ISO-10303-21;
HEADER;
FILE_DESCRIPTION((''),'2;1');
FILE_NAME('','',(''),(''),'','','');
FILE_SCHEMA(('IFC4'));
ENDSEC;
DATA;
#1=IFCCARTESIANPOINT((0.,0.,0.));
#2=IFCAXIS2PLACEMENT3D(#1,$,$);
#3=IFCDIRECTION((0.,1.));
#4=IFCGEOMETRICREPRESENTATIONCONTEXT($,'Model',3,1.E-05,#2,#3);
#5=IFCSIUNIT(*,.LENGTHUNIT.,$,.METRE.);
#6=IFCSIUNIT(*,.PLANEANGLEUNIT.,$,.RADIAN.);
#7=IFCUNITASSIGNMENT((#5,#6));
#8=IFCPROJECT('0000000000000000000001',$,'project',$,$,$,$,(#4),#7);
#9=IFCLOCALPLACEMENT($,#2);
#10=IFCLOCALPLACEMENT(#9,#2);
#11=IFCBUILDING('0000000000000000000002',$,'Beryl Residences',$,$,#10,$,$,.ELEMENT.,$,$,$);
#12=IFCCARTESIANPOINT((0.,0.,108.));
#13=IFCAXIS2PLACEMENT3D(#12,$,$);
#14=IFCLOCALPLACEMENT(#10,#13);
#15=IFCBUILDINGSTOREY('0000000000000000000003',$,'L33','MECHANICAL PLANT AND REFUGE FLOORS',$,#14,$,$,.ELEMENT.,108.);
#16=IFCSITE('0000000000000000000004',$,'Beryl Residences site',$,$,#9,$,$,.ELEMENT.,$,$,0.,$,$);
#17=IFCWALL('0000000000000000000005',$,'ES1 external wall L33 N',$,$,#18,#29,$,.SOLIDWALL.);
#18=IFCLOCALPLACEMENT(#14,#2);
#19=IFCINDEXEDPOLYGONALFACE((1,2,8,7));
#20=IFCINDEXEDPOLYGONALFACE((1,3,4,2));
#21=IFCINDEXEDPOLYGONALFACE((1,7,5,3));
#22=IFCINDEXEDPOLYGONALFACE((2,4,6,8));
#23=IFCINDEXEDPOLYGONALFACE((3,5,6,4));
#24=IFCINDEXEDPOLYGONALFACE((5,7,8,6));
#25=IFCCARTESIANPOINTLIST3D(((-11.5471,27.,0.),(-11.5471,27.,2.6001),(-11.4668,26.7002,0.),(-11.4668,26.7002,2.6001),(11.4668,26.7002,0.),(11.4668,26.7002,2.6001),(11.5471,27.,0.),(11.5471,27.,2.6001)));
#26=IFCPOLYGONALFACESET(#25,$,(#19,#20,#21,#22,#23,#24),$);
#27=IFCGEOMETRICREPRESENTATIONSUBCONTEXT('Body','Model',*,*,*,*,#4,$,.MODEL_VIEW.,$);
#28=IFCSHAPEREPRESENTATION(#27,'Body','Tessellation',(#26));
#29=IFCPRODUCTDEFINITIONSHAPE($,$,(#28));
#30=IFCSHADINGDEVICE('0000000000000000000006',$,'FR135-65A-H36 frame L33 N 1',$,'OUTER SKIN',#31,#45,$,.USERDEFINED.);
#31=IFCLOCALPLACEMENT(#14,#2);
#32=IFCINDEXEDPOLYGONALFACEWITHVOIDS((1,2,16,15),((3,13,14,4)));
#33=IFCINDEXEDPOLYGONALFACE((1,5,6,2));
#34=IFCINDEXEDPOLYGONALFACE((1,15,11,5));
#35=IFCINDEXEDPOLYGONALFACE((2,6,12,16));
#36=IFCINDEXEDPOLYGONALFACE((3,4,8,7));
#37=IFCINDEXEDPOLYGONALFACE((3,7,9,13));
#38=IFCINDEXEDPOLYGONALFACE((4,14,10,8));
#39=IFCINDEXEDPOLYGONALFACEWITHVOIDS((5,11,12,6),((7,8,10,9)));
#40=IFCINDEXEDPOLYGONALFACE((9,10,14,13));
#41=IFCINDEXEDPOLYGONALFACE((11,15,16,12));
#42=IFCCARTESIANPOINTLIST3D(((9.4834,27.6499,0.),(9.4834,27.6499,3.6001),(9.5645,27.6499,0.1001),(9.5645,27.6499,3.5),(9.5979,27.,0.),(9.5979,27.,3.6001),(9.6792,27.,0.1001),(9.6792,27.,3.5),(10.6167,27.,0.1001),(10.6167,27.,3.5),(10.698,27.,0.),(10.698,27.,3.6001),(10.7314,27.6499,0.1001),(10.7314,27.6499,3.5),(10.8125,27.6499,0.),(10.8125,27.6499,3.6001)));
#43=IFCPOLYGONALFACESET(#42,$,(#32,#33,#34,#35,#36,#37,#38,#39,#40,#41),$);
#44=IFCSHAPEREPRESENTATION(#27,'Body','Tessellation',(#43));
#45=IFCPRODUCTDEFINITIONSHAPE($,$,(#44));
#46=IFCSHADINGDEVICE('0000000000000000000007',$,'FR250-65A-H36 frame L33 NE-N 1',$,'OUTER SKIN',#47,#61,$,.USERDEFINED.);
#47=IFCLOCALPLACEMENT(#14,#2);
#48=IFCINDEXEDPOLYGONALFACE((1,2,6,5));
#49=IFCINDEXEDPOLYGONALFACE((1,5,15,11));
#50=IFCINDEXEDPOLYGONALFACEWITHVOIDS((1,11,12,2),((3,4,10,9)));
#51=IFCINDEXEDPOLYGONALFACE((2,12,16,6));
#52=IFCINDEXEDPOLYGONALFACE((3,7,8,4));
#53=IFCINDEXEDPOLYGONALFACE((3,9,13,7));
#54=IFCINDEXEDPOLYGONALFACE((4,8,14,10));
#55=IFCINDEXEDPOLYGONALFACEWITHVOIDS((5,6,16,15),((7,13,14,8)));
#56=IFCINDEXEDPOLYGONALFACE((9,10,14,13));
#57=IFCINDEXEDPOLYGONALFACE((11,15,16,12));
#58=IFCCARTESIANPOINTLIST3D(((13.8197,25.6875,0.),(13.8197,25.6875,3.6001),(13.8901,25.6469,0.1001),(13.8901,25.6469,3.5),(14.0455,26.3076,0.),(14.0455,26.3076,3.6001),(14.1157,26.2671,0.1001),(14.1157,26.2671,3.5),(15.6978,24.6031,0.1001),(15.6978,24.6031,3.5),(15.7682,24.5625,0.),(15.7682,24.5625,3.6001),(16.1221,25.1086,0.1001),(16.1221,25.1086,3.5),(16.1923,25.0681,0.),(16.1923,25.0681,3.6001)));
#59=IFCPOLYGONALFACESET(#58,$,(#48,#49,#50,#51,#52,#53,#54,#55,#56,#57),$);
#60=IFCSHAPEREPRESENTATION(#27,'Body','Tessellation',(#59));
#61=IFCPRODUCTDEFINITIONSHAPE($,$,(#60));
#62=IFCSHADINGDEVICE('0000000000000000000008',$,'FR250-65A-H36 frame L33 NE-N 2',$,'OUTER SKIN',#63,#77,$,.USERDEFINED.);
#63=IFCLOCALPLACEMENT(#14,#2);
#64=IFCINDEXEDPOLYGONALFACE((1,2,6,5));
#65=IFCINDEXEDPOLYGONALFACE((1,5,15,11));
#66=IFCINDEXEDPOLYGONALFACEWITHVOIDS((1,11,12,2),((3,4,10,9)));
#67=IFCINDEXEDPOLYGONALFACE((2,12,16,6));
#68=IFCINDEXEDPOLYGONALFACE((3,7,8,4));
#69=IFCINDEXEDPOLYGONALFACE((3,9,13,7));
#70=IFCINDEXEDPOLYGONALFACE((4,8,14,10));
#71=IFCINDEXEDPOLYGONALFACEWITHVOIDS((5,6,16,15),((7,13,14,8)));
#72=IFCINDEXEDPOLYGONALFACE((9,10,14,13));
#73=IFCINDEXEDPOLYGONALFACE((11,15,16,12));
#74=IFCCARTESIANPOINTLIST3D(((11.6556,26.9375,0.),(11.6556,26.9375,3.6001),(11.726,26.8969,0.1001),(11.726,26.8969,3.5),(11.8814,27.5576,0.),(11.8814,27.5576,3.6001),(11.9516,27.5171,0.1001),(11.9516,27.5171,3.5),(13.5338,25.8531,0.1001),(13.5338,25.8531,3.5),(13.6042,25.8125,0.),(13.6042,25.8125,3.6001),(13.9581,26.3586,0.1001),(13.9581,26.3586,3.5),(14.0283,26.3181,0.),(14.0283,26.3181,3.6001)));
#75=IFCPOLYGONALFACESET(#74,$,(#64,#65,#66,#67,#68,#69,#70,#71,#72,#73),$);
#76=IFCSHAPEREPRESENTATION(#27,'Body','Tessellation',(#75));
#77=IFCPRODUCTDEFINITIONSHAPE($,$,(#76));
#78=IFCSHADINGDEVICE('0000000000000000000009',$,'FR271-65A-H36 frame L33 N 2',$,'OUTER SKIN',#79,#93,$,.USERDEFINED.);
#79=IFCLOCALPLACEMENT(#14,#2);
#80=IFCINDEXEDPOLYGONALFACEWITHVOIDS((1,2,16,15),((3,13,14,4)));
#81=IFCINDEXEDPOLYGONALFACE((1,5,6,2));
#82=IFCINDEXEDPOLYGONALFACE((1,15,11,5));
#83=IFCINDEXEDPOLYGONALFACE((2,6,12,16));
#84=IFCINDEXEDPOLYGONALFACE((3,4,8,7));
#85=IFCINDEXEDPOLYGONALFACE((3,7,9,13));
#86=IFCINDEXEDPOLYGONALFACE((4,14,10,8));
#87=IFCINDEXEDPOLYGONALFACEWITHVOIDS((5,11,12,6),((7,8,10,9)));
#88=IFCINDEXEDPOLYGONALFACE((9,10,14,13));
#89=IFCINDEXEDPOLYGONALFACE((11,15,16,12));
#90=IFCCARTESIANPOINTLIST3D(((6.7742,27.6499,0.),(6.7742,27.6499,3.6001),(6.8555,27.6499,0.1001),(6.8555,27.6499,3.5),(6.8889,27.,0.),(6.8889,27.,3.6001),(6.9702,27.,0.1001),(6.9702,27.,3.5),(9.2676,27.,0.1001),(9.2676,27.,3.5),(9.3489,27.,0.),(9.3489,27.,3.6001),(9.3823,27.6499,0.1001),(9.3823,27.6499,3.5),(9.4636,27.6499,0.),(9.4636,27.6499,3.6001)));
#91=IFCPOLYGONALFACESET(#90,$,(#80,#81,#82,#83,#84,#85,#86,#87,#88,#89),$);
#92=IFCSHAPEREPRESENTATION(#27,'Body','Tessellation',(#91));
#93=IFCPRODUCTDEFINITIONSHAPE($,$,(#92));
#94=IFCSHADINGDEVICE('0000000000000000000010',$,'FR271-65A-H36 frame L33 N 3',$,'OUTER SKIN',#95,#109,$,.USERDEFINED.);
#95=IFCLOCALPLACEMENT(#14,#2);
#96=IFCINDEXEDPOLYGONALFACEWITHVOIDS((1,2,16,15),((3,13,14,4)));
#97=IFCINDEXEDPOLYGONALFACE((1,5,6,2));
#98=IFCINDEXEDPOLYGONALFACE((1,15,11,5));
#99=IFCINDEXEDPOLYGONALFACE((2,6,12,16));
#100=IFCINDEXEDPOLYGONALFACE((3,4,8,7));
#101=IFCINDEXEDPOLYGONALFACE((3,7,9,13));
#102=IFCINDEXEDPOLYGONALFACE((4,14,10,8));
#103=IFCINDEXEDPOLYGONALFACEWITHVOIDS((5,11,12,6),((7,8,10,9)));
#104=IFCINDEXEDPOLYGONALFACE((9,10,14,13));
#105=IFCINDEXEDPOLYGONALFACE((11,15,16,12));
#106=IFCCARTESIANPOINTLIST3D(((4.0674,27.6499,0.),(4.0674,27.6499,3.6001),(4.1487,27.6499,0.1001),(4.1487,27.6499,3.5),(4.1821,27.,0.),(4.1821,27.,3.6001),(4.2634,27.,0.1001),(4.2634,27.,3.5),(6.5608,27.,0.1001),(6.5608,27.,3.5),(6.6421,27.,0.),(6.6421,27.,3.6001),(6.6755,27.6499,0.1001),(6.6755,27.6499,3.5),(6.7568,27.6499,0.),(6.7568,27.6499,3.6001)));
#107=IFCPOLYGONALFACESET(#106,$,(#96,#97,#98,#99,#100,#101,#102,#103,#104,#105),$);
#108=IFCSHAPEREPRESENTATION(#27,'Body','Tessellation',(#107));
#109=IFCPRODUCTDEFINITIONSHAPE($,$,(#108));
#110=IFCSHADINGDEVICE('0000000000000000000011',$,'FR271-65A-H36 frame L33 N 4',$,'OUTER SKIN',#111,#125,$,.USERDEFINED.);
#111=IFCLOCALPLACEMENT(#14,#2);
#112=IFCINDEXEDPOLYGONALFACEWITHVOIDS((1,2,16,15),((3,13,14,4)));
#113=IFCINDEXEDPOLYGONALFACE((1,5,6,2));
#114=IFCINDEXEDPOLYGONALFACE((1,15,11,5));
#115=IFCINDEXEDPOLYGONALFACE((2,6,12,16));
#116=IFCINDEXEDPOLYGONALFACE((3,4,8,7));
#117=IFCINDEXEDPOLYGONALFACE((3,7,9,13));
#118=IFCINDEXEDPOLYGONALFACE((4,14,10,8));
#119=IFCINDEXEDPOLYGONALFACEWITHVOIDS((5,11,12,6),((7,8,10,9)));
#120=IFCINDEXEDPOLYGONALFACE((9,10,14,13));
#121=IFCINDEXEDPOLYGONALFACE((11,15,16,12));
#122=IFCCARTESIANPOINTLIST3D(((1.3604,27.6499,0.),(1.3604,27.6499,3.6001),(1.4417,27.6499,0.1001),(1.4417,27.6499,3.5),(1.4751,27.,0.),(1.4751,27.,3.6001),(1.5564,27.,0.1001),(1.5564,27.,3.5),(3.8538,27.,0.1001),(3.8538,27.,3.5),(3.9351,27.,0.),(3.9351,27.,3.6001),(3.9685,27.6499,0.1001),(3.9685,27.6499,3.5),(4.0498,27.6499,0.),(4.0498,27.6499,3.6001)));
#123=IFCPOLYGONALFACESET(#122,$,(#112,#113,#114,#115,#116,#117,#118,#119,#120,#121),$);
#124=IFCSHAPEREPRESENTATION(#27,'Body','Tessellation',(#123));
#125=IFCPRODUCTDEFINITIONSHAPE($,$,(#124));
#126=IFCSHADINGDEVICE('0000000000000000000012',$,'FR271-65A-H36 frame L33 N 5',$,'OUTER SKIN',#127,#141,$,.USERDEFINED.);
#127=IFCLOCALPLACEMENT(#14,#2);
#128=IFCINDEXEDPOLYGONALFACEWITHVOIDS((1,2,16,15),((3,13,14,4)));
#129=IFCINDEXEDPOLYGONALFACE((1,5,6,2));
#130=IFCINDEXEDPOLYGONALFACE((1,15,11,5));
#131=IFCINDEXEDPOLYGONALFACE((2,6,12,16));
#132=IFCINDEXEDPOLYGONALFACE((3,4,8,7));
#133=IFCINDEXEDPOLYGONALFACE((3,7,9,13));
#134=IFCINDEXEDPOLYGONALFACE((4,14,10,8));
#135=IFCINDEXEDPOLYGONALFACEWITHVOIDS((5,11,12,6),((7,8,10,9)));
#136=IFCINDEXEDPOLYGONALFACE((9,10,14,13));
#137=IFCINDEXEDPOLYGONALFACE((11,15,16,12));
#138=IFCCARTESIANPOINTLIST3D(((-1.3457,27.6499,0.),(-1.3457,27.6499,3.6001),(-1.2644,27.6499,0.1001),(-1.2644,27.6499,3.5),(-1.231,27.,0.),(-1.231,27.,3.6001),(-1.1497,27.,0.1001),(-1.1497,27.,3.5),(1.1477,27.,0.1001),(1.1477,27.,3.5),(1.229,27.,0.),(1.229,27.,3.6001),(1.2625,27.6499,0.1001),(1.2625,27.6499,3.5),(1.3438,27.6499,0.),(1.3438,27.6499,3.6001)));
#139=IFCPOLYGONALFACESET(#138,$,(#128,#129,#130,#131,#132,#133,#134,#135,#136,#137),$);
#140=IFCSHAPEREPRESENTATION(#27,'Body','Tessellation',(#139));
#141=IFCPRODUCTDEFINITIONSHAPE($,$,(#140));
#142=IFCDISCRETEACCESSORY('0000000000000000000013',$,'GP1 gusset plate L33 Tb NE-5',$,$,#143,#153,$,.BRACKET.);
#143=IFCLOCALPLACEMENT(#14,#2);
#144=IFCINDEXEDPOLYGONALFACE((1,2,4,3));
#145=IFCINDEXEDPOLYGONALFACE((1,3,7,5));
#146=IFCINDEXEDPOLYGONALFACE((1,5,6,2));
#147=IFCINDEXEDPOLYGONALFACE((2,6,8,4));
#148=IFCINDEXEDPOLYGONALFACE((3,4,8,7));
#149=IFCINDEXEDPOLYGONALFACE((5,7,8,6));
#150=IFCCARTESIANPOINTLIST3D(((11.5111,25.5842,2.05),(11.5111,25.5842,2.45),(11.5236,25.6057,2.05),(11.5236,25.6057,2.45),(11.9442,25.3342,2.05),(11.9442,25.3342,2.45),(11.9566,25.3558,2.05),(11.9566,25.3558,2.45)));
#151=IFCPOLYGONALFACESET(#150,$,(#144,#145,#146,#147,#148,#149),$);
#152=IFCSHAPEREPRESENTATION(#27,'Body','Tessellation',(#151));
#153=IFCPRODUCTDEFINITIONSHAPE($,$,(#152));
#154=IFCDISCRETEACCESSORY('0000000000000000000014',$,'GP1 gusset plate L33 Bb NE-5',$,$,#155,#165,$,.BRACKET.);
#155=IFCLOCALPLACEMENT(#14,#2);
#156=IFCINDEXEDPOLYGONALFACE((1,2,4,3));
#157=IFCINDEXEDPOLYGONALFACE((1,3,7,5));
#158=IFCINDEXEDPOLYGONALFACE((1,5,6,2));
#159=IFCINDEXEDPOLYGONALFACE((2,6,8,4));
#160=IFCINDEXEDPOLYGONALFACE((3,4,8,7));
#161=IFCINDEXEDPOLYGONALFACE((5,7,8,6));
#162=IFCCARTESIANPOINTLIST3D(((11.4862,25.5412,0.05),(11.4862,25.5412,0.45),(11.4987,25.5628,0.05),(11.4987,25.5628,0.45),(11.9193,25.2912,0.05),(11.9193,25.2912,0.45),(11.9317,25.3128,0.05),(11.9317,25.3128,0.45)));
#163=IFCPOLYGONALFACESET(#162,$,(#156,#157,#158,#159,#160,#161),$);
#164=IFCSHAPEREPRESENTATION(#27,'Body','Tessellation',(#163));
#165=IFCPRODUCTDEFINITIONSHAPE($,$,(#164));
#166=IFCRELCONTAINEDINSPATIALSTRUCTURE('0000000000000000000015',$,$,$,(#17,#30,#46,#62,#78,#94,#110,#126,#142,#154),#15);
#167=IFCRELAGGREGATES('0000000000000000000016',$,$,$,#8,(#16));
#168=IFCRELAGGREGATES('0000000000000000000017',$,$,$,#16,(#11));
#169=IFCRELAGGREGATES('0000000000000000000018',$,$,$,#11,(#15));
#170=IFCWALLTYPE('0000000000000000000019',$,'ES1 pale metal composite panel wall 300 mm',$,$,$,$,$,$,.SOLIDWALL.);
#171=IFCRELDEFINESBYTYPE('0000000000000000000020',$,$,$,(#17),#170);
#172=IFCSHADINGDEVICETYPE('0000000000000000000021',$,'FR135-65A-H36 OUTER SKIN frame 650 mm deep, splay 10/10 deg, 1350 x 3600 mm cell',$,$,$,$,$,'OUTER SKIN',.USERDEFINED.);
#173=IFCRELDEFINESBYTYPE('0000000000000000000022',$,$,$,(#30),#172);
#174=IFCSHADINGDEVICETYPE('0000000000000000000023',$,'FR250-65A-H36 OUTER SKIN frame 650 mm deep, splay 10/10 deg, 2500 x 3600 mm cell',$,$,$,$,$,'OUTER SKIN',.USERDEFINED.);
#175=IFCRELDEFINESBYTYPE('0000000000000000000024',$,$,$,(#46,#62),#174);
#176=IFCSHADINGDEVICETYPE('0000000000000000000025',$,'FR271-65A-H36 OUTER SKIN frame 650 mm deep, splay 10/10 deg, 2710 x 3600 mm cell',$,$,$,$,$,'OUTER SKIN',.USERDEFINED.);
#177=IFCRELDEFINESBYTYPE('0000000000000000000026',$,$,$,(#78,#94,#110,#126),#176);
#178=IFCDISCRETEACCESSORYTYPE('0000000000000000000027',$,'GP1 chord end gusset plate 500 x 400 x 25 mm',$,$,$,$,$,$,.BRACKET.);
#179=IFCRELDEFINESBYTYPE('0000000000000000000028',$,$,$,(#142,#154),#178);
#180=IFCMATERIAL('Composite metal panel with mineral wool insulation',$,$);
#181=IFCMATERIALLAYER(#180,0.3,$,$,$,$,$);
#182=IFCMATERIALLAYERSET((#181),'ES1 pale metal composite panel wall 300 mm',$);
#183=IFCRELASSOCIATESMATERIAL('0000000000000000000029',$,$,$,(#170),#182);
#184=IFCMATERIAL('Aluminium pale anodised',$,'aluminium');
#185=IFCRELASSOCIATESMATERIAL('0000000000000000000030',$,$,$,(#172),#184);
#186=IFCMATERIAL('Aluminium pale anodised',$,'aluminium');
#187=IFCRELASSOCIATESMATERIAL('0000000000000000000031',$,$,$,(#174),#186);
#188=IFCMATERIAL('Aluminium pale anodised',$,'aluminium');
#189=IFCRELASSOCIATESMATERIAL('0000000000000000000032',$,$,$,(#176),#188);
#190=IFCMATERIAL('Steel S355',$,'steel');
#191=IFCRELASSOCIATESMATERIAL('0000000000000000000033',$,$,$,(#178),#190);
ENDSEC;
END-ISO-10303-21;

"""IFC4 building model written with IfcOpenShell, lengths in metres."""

from ifc_helpers import new_model, entity, si_unit, direction, frame, origin, origin_2d, place, context, subcontext, project, spatial, polyline, rectangle, outline, extrude, source, transform, mapped, material, layer, layer_set, type_object, type_shapes, element, save


model = new_model("IFC4")

# Units and contexts
model_context = context("Model", 3, precision=1e-05, world=origin(), true_north=direction((0.0, 1.0)))
body_context = subcontext(model_context, "Body", "Model", "MODEL_VIEW")
ifc_project = project(units=[si_unit("LENGTHUNIT", "METRE"), si_unit("PLANEANGLEUNIT", "RADIAN")], contexts=[model_context])

# Site, building, storey
site_placement = place(None, origin())
site = spatial("IfcSite", under=ifc_project, at=site_placement, Name="Beryl Residences site", CompositionType="ELEMENT", RefElevation=0.0)
building_placement = place(site_placement, origin())
building = spatial("IfcBuilding", under=site, at=building_placement, Name="Beryl Residences", CompositionType="ELEMENT")
storey_placement = place(building_placement, frame((0.0, 0.0, 108.0)))
storey = spatial("IfcBuildingStorey", under=building, at=storey_placement, Name="L33", Description="MECHANICAL PLANT AND REFUGE FLOORS", CompositionType="ELEMENT", Elevation=108.0)

# Wall
ifc_material_1 = material(Name="Composite metal panel with mineral wool insulation")
ifc_layer = layer(ifc_material_1, 0.3)
ifc_layer_set = layer_set([ifc_layer], Name="ES1 pale metal composite panel wall 300 mm")
wall_type = type_object("IfcWallType", Name="ES1 pale metal composite panel wall 300 mm", PredefinedType="SOLIDWALL", material=ifc_layer_set)
wall_placement = place(storey_placement, frame((11.5471, 26.8501, 0.0), z_axis=(0.0, 0.0, 1.0), x_axis=(-1.0, 0.0, 0.0)))
element("IfcWall", 1, at=wall_placement, inside=storey, type_object=wall_type, Name="ES1 external wall L33 N", PredefinedType="SOLIDWALL", context=body_context, shape_type="SweptSolid", body=[
    extrude(outline(polyline([(0.0, -0.1499), (23.0942, -0.1499), (23.0139, 0.1499), (0.0803, 0.1499), (0.0, -0.1499)])), origin(), (0.0, 0.0, 1.0), 2.6001),
])

# Shading devices
ifc_material_2 = material(Name="Aluminium pale anodised", Category="aluminium")
shading_device_type_1 = type_object("IfcShadingDeviceType", Name="FR135-65A-H36 OUTER SKIN frame 650 mm deep, splay 10/10 deg, 1350 x 3600 mm cell", ElementType="OUTER SKIN", PredefinedType="USERDEFINED", material=ifc_material_2)
cartesian_point_1 = entity("IfcCartesianPoint", [-0.55, 0.0])
cartesian_point_2 = entity("IfcCartesianPoint", [-0.4688, 0.1001])
cartesian_point_3 = entity("IfcCartesianPoint", [-0.6646, 0.0])
cartesian_point_4 = entity("IfcCartesianPoint", [-0.5835, 0.1001])
shared_shape_1 = source(origin(), body_context, "Body", "SweptSolid", [
    entity("IfcExtrudedAreaSolidTapered", entity("IfcArbitraryProfileDefWithVoids", "AREA", None, entity("IfcPolyline", [cartesian_point_1, entity("IfcCartesianPoint", [0.55, 0.0]), entity("IfcCartesianPoint", [0.55, 3.6001]), entity("IfcCartesianPoint", [-0.55, 3.6001]), cartesian_point_1]), [entity("IfcPolyline", [cartesian_point_2, entity("IfcCartesianPoint", [0.4688, 0.1001]), entity("IfcCartesianPoint", [0.4688, 3.5]), entity("IfcCartesianPoint", [-0.4688, 3.5]), cartesian_point_2])]), entity("IfcAxis2Placement3D", entity("IfcCartesianPoint", [0.0, 0.0, 0.0]), entity("IfcDirection", [0.0, 1.0, 0.0]), entity("IfcDirection", [-1.0, 0.0, 0.0])), entity("IfcDirection", [0.0, 0.0, 1.0]), 0.6499, entity("IfcArbitraryProfileDefWithVoids", "AREA", None, entity("IfcPolyline", [cartesian_point_3, entity("IfcCartesianPoint", [0.6646, 0.0]), entity("IfcCartesianPoint", [0.6646, 3.6001]), entity("IfcCartesianPoint", [-0.6646, 3.6001]), cartesian_point_3]), [entity("IfcPolyline", [cartesian_point_4, entity("IfcCartesianPoint", [0.5835, 0.1001]), entity("IfcCartesianPoint", [0.5835, 3.5]), entity("IfcCartesianPoint", [-0.5835, 3.5]), cartesian_point_4])])),
])
type_shapes(shading_device_type_1, [shared_shape_1])
shading_device_placement = place(storey_placement, frame((10.1479, 27.0, 0.0), z_axis=(0.0, 0.0, 1.0), x_axis=(1.0, 0.0, 0.0)))
element("IfcShadingDevice", 2, at=shading_device_placement, inside=storey, type_object=shading_device_type_1, Name="FR135-65A-H36 frame L33 N 1", ObjectType="OUTER SKIN", PredefinedType="USERDEFINED", context=body_context, shape_type="MappedRepresentation", body=[
    mapped(shared_shape_1, transform((0.0, 0.0, 0.0))),
])
ifc_material_3 = material(Name="Aluminium pale anodised", Category="aluminium")
shading_device_type_2 = type_object("IfcShadingDeviceType", Name="FR250-65A-H36 OUTER SKIN frame 650 mm deep, splay 10/10 deg, 2500 x 3600 mm cell", ElementType="OUTER SKIN", PredefinedType="USERDEFINED", material=ifc_material_3)
cartesian_point_5 = entity("IfcCartesianPoint", [-1.125, 0.0])
cartesian_point_6 = entity("IfcCartesianPoint", [-1.0437, 0.1001])
cartesian_point_7 = entity("IfcCartesianPoint", [-1.2395, 0.0])
cartesian_point_8 = entity("IfcCartesianPoint", [-1.1584, 0.1001])
shared_shape_2 = source(origin(), body_context, "Body", "SweptSolid", [
    entity("IfcExtrudedAreaSolidTapered", entity("IfcArbitraryProfileDefWithVoids", "AREA", None, entity("IfcPolyline", [cartesian_point_5, entity("IfcCartesianPoint", [1.125, 0.0]), entity("IfcCartesianPoint", [1.125, 3.6001]), entity("IfcCartesianPoint", [-1.125, 3.6001]), cartesian_point_5]), [entity("IfcPolyline", [cartesian_point_6, entity("IfcCartesianPoint", [1.0437, 0.1001]), entity("IfcCartesianPoint", [1.0437, 3.5]), entity("IfcCartesianPoint", [-1.0437, 3.5]), cartesian_point_6])]), entity("IfcAxis2Placement3D", entity("IfcCartesianPoint", [0.0, 0.0, 0.0]), entity("IfcDirection", [0.0, 1.0, 0.0]), entity("IfcDirection", [-1.0, 0.0, 0.0])), entity("IfcDirection", [0.0, 0.0, 1.0]), 0.6499, entity("IfcArbitraryProfileDefWithVoids", "AREA", None, entity("IfcPolyline", [cartesian_point_7, entity("IfcCartesianPoint", [1.2395, 0.0]), entity("IfcCartesianPoint", [1.2395, 3.6001]), entity("IfcCartesianPoint", [-1.2395, 3.6001]), cartesian_point_7]), [entity("IfcPolyline", [cartesian_point_8, entity("IfcCartesianPoint", [1.1584, 0.1001]), entity("IfcCartesianPoint", [1.1584, 3.5]), entity("IfcCartesianPoint", [-1.1584, 3.5]), cartesian_point_8])])),
])
type_shapes(shading_device_type_2, [shared_shape_2])
for number, where, z_axis, x_axis, name in (
    (3, (14.7939, 25.125, 0.0), (0.0, 0.0, 1.0), (0.866025, -0.5, 0.0), "FR250-65A-H36 frame L33 NE-N 1"),
    (4, (12.6299, 26.375, 0.0), (0.0, 0.0, 1.0), (0.866025, -0.5, 0.0), "FR250-65A-H36 frame L33 NE-N 2"),
):
    element("IfcShadingDevice", number, at=place(storey_placement, frame(where, z_axis=z_axis, x_axis=x_axis)), inside=storey, type_object=shading_device_type_2, Name=name, ObjectType="OUTER SKIN", PredefinedType="USERDEFINED", context=body_context, shape_type="MappedRepresentation", body=[
        mapped(shared_shape_2, transform((0.0, 0.0, 0.0))),
    ])
ifc_material_4 = material(Name="Aluminium pale anodised", Category="aluminium")
shading_device_type_3 = type_object("IfcShadingDeviceType", Name="FR271-65A-H36 OUTER SKIN frame 650 mm deep, splay 10/10 deg, 2710 x 3600 mm cell", ElementType="OUTER SKIN", PredefinedType="USERDEFINED", material=ifc_material_4)
cartesian_point_9 = entity("IfcCartesianPoint", [-1.23, 0.0])
cartesian_point_10 = entity("IfcCartesianPoint", [-1.1487, 0.1001])
cartesian_point_11 = entity("IfcCartesianPoint", [-1.3447, 0.0])
cartesian_point_12 = entity("IfcCartesianPoint", [-1.2634, 0.1001])
shared_shape_3 = source(origin(), body_context, "Body", "SweptSolid", [
    entity("IfcExtrudedAreaSolidTapered", entity("IfcArbitraryProfileDefWithVoids", "AREA", None, entity("IfcPolyline", [cartesian_point_9, entity("IfcCartesianPoint", [1.23, 0.0]), entity("IfcCartesianPoint", [1.23, 3.6001]), entity("IfcCartesianPoint", [-1.23, 3.6001]), cartesian_point_9]), [entity("IfcPolyline", [cartesian_point_10, entity("IfcCartesianPoint", [1.1487, 0.1001]), entity("IfcCartesianPoint", [1.1487, 3.5]), entity("IfcCartesianPoint", [-1.1487, 3.5]), cartesian_point_10])]), entity("IfcAxis2Placement3D", entity("IfcCartesianPoint", [0.0, 0.0, 0.0]), entity("IfcDirection", [0.0, 1.0, 0.0]), entity("IfcDirection", [-1.0, 0.0, 0.0])), entity("IfcDirection", [0.0, 0.0, 1.0]), 0.6499, entity("IfcArbitraryProfileDefWithVoids", "AREA", None, entity("IfcPolyline", [cartesian_point_11, entity("IfcCartesianPoint", [1.3447, 0.0]), entity("IfcCartesianPoint", [1.3447, 3.6001]), entity("IfcCartesianPoint", [-1.3447, 3.6001]), cartesian_point_11]), [entity("IfcPolyline", [cartesian_point_12, entity("IfcCartesianPoint", [1.2634, 0.1001]), entity("IfcCartesianPoint", [1.2634, 3.5]), entity("IfcCartesianPoint", [-1.2634, 3.5]), cartesian_point_12])])),
])
type_shapes(shading_device_type_3, [shared_shape_3])
for number, where, z_axis, x_axis, name in (
    (5, (8.1189, 27.0, 0.0), (0.0, 0.0, 1.0), (1.0, 0.0, 0.0), "FR271-65A-H36 frame L33 N 2"),
    (6, (5.4121, 27.0, 0.0), (0.0, 0.0, 1.0), (1.0, 0.0, 0.0), "FR271-65A-H36 frame L33 N 3"),
    (7, (2.7051, 27.0, 0.0), (0.0, 0.0, 1.0), (1.0, 0.0, 0.0), "FR271-65A-H36 frame L33 N 4"),
    (8, (-0.001, 27.0, 0.0), (0.0, 0.0, 1.0), (1.0, 0.0, 0.0), "FR271-65A-H36 frame L33 N 5"),
):
    element("IfcShadingDevice", number, at=place(storey_placement, frame(where, z_axis=z_axis, x_axis=x_axis)), inside=storey, type_object=shading_device_type_3, Name=name, ObjectType="OUTER SKIN", PredefinedType="USERDEFINED", context=body_context, shape_type="MappedRepresentation", body=[
        mapped(shared_shape_3, transform((0.0, 0.0, 0.0))),
    ])

# Discrete accessories
ifc_material_5 = material(Name="Steel S355", Category="steel")
discrete_accessory_type = type_object("IfcDiscreteAccessoryType", Name="GP1 chord end gusset plate 500 x 400 x 25 mm", PredefinedType="BRACKET", material=ifc_material_5)
for number, where, z_axis, x_axis, name in (
    (9, (11.7339, 25.47, 2.05), (0.0, 0.0, 1.0), (0.866069, -0.499924, 0.0), "GP1 gusset plate L33 Tb NE-5"),
    (10, (11.709, 25.427, 0.05), (0.0, 0.0, 1.0), (0.866069, -0.499924, 0.0), "GP1 gusset plate L33 Bb NE-5"),
):
    element("IfcDiscreteAccessory", number, at=place(storey_placement, frame(where, z_axis=z_axis, x_axis=x_axis)), inside=storey, type_object=discrete_accessory_type, Name=name, PredefinedType="BRACKET", context=body_context, shape_type="SweptSolid", body=[
        extrude(rectangle(XDim=0.5, YDim=0.0249, at=origin_2d()), origin(), (0.0, 0.0, 1.0), 0.3999),
    ])

save(model, "model.ifc")
